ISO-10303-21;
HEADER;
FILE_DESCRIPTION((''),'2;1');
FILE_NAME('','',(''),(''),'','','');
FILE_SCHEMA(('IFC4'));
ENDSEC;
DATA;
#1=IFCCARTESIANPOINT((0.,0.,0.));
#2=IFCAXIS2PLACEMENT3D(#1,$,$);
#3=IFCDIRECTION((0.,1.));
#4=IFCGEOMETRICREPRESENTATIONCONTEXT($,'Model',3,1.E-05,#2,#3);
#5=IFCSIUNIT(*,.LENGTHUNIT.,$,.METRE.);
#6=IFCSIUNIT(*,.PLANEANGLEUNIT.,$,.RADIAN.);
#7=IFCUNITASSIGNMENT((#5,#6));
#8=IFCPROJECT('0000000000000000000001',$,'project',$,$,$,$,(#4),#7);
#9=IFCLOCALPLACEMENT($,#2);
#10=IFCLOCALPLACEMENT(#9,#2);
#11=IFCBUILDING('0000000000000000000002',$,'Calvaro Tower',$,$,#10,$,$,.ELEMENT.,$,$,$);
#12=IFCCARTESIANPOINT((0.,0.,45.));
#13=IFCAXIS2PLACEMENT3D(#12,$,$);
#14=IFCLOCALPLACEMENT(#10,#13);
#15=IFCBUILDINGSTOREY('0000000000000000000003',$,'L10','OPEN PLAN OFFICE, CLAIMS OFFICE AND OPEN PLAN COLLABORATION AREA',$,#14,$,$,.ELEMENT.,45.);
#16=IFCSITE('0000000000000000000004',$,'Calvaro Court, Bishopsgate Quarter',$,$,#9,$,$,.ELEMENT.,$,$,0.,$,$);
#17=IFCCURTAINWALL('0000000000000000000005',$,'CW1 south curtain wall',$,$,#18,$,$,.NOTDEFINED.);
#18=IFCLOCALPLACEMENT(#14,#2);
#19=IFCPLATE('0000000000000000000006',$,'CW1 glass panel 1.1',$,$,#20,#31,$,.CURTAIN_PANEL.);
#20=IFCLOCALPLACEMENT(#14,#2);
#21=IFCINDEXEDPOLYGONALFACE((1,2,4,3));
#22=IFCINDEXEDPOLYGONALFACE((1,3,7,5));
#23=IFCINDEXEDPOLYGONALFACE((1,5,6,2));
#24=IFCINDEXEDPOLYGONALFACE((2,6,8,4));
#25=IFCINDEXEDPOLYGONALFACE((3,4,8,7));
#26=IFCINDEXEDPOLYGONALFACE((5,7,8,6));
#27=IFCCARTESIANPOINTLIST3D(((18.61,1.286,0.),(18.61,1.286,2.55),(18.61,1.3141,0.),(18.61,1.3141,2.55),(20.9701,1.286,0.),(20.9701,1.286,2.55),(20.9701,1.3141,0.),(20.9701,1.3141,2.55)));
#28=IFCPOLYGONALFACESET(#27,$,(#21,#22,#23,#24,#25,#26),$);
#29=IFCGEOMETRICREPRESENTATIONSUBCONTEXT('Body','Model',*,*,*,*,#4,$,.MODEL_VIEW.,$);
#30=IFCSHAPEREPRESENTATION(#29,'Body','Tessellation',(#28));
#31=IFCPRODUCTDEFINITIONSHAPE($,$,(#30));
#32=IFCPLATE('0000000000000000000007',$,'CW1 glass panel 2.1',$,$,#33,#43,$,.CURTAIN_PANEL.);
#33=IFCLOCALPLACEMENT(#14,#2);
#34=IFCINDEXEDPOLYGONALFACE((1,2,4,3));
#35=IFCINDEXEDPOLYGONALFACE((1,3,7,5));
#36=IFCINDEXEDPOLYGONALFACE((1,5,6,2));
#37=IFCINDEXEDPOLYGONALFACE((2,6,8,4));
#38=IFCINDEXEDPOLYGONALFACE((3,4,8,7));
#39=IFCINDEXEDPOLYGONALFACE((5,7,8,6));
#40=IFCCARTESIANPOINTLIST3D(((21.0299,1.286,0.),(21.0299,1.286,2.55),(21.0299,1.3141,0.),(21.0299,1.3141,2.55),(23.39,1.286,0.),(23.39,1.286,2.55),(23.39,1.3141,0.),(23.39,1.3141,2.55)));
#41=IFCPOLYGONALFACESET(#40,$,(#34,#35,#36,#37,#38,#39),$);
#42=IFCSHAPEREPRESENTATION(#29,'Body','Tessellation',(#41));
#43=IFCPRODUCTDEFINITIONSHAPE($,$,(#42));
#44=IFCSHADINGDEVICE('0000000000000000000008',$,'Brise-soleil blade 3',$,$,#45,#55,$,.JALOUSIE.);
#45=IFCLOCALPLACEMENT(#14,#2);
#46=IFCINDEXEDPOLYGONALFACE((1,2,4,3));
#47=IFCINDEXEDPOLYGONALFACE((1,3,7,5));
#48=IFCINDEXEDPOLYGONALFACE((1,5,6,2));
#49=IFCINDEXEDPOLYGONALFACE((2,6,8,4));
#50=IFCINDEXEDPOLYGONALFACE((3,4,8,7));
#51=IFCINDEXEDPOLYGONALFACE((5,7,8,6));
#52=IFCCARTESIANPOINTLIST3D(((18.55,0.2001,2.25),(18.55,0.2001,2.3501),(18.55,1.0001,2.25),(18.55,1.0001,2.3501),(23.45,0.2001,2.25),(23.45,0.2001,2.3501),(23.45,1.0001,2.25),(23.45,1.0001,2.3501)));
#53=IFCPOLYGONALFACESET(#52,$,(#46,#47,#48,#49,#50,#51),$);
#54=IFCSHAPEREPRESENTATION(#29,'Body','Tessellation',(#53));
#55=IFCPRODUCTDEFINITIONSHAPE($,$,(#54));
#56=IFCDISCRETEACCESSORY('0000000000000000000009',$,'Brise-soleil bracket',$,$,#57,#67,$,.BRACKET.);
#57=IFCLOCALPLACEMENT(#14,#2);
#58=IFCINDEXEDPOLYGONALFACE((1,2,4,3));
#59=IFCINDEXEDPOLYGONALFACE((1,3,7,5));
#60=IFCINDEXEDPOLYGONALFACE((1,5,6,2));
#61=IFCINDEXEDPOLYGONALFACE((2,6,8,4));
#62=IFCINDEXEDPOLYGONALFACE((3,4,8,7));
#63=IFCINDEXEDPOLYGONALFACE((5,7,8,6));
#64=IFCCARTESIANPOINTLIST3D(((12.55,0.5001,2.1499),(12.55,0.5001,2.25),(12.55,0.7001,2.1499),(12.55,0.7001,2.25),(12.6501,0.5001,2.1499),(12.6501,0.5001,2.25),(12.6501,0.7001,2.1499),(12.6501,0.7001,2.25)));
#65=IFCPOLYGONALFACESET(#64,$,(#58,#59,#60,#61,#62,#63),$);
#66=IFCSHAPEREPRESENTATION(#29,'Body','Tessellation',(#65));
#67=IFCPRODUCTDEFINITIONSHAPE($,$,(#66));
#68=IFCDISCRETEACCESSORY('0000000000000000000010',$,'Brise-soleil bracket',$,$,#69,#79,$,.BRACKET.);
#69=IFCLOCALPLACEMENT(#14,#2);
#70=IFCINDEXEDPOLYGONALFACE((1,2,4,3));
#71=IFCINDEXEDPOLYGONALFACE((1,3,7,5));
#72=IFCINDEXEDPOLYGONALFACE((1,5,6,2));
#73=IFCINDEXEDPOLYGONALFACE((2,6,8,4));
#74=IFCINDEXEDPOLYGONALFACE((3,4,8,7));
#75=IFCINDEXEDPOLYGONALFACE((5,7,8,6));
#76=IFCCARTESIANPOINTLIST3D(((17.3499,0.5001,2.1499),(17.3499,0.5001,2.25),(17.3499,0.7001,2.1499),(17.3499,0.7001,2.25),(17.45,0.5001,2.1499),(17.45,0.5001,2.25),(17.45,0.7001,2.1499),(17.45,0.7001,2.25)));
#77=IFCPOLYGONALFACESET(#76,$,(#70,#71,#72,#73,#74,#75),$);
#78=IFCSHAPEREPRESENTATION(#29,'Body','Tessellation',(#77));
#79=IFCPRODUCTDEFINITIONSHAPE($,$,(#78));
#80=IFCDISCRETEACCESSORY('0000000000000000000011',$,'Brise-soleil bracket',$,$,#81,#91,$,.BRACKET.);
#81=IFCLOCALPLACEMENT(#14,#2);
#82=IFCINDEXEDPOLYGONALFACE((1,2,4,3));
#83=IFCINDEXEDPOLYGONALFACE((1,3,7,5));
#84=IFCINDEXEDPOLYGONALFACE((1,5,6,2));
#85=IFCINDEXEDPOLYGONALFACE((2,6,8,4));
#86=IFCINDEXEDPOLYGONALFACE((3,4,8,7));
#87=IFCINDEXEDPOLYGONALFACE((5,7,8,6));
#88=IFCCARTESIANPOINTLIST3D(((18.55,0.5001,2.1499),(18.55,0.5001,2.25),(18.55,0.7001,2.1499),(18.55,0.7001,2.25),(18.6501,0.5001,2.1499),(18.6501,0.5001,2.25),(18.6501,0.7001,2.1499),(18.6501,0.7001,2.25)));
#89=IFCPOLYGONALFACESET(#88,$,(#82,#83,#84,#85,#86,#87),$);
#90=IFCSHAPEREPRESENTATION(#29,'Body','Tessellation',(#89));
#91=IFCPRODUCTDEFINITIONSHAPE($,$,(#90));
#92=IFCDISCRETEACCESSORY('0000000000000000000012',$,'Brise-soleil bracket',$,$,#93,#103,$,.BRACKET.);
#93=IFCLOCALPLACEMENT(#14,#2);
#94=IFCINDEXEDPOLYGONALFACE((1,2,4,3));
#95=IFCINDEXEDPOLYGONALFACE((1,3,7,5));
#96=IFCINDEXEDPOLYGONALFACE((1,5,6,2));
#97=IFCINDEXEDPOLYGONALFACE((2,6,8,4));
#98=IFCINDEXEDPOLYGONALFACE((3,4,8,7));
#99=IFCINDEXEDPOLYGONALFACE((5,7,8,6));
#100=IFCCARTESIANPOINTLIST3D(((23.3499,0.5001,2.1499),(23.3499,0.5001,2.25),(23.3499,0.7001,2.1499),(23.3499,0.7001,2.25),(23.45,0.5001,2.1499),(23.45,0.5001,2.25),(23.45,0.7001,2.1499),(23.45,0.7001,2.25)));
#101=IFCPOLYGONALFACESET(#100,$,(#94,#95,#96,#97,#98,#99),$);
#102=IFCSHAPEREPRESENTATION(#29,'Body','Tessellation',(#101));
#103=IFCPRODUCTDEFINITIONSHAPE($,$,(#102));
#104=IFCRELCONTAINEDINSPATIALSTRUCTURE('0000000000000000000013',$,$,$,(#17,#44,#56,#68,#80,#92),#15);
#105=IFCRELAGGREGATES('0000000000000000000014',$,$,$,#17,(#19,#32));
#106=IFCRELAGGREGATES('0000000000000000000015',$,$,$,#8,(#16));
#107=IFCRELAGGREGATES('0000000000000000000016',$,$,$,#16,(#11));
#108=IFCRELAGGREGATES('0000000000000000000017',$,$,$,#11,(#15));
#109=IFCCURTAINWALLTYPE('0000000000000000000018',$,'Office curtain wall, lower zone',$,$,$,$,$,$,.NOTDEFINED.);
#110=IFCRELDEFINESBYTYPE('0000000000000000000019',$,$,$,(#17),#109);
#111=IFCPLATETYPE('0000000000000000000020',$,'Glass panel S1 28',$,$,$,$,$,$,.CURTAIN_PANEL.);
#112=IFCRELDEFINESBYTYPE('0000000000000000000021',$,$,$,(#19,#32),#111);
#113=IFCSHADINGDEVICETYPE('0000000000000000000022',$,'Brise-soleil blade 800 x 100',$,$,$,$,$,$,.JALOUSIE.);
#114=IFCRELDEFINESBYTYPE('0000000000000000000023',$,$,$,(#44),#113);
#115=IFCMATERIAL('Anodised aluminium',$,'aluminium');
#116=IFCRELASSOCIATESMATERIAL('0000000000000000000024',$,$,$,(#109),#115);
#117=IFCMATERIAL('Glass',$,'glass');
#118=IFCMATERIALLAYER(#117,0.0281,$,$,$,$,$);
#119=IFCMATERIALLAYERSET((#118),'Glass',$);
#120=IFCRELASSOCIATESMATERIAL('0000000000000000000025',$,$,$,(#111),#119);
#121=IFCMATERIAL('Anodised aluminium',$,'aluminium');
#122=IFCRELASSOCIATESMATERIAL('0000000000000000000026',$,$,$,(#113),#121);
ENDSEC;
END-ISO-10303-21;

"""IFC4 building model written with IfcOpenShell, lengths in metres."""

from ifc_helpers import new_model, si_unit, direction, frame, origin, origin_2d, place, context, subcontext, project, spatial, rectangle, extrude, material, layer, layer_set, material_profile, profile_set, type_object, element, aggregate, save


model = new_model("IFC4")

# Units and contexts
model_context = context("Model", 3, precision=1e-05, world=origin(), true_north=direction((0.0, 1.0)))
body_context = subcontext(model_context, "Body", "Model", "MODEL_VIEW")
ifc_project = project(units=[si_unit("LENGTHUNIT", "METRE"), si_unit("PLANEANGLEUNIT", "RADIAN")], contexts=[model_context])

# Site, building, storey
site_placement = place(None, origin())
site = spatial("IfcSite", under=ifc_project, at=site_placement, Name="Calvaro Court, Bishopsgate Quarter", CompositionType="ELEMENT", RefElevation=0.0)
building_placement = place(site_placement, origin())
building = spatial("IfcBuilding", under=site, at=building_placement, Name="Calvaro Tower", CompositionType="ELEMENT")
storey_placement = place(building_placement, frame((0.0, 0.0, 45.0)))
storey = spatial("IfcBuildingStorey", under=building, at=storey_placement, Name="L10", Description="OPEN PLAN OFFICE, CLAIMS OFFICE AND OPEN PLAN COLLABORATION AREA", CompositionType="ELEMENT", Elevation=45.0)

# Curtain wall
ifc_material_1 = material(Name="Anodised aluminium", Category="aluminium")
curtain_wall_type = type_object("IfcCurtainWallType", Name="Office curtain wall, lower zone", PredefinedType="NOTDEFINED", material=ifc_material_1)
curtain_wall_1_placement = place(storey_placement, origin())
curtain_wall_1 = element("IfcCurtainWall", 1, at=curtain_wall_1_placement, inside=storey, type_object=curtain_wall_type, Name="CW1 south curtain wall", PredefinedType="NOTDEFINED")

# Plates
ifc_material_2 = material(Name="Glass", Category="glass")
ifc_layer = layer(ifc_material_2, 0.0281)
ifc_layer_set = layer_set([ifc_layer], Name="Glass")
plate_type = type_object("IfcPlateType", Name="Glass panel S1 28", PredefinedType="CURTAIN_PANEL", material=ifc_layer_set)
plate_1_placement = place(storey_placement, frame((19.79, 1.3, 0.0), z_axis=(0.0, 0.0, 1.0), x_axis=(1.0, 0.0, 0.0)))
plate_1 = element("IfcPlate", 2, at=plate_1_placement, type_object=plate_type, Name="CW1 glass panel 1.1", PredefinedType="CURTAIN_PANEL", context=body_context, shape_type="SweptSolid", body=[
    extrude(rectangle(XDim=2.3601, YDim=0.0281, at=origin_2d()), origin(), (0.0, 0.0, 1.0), 2.55),
])
plate_2_placement = place(storey_placement, frame((22.21, 1.3, 0.0), z_axis=(0.0, 0.0, 1.0), x_axis=(1.0, 0.0, 0.0)))
plate_2 = element("IfcPlate", 3, at=plate_2_placement, type_object=plate_type, Name="CW1 glass panel 2.1", PredefinedType="CURTAIN_PANEL", context=body_context, shape_type="SweptSolid", body=[
    extrude(rectangle(XDim=2.3601, YDim=0.0281, at=origin_2d()), origin(), (0.0, 0.0, 1.0), 2.55),
])
aggregate(curtain_wall_1, [plate_1, plate_2])

# Shading device
ifc_material_3 = material(Name="Anodised aluminium", Category="aluminium")
ifc_material_profile_1 = material_profile(ifc_material_3, rectangle(XDim=0.8, YDim=0.1001, at=origin_2d()), Name="Brise-soleil blade 800 x 100")
ifc_profile_set_1 = profile_set([ifc_material_profile_1], Name="Anodised aluminium")
shading_device_type = type_object("IfcShadingDeviceType", Name="Brise-soleil blade 800 x 100", PredefinedType="JALOUSIE", material=ifc_profile_set_1)
shading_device_placement = place(storey_placement, frame((18.55, 0.6001, 2.3), z_axis=(1.0, 0.0, 0.0), x_axis=(0.0, 1.0, 0.0)))
element("IfcShadingDevice", 4, at=shading_device_placement, inside=storey, type_object=shading_device_type, Name="Brise-soleil blade 3", PredefinedType="JALOUSIE", context=body_context, shape_type="SweptSolid", body=[
    extrude(rectangle(XDim=0.8, YDim=0.1001, at=origin_2d()), origin(), (0.0, 0.0, 1.0), 4.8999),
])

# Discrete accessories
for number, where, z_axis, x_axis, name in (
    (5, (12.6001, 0.6001, 2.1499), (0.0, 0.0, 1.0), (1.0, 0.0, 0.0), "Brise-soleil bracket"),
    (6, (17.3999, 0.6001, 2.1499), (0.0, 0.0, 1.0), (1.0, 0.0, 0.0), "Brise-soleil bracket"),
    (7, (18.6001, 0.6001, 2.1499), (0.0, 0.0, 1.0), (1.0, 0.0, 0.0), "Brise-soleil bracket"),
    (8, (23.3999, 0.6001, 2.1499), (0.0, 0.0, 1.0), (1.0, 0.0, 0.0), "Brise-soleil bracket"),
):
    element("IfcDiscreteAccessory", number, at=place(storey_placement, frame(where, z_axis=z_axis, x_axis=x_axis)), inside=storey, Name=name, PredefinedType="BRACKET", context=body_context, shape_type="SweptSolid", body=[
        extrude(rectangle(XDim=0.1001, YDim=0.2, at=origin_2d()), origin(), (0.0, 0.0, 1.0), 0.1001),
    ])

save(model, "model.ifc")
